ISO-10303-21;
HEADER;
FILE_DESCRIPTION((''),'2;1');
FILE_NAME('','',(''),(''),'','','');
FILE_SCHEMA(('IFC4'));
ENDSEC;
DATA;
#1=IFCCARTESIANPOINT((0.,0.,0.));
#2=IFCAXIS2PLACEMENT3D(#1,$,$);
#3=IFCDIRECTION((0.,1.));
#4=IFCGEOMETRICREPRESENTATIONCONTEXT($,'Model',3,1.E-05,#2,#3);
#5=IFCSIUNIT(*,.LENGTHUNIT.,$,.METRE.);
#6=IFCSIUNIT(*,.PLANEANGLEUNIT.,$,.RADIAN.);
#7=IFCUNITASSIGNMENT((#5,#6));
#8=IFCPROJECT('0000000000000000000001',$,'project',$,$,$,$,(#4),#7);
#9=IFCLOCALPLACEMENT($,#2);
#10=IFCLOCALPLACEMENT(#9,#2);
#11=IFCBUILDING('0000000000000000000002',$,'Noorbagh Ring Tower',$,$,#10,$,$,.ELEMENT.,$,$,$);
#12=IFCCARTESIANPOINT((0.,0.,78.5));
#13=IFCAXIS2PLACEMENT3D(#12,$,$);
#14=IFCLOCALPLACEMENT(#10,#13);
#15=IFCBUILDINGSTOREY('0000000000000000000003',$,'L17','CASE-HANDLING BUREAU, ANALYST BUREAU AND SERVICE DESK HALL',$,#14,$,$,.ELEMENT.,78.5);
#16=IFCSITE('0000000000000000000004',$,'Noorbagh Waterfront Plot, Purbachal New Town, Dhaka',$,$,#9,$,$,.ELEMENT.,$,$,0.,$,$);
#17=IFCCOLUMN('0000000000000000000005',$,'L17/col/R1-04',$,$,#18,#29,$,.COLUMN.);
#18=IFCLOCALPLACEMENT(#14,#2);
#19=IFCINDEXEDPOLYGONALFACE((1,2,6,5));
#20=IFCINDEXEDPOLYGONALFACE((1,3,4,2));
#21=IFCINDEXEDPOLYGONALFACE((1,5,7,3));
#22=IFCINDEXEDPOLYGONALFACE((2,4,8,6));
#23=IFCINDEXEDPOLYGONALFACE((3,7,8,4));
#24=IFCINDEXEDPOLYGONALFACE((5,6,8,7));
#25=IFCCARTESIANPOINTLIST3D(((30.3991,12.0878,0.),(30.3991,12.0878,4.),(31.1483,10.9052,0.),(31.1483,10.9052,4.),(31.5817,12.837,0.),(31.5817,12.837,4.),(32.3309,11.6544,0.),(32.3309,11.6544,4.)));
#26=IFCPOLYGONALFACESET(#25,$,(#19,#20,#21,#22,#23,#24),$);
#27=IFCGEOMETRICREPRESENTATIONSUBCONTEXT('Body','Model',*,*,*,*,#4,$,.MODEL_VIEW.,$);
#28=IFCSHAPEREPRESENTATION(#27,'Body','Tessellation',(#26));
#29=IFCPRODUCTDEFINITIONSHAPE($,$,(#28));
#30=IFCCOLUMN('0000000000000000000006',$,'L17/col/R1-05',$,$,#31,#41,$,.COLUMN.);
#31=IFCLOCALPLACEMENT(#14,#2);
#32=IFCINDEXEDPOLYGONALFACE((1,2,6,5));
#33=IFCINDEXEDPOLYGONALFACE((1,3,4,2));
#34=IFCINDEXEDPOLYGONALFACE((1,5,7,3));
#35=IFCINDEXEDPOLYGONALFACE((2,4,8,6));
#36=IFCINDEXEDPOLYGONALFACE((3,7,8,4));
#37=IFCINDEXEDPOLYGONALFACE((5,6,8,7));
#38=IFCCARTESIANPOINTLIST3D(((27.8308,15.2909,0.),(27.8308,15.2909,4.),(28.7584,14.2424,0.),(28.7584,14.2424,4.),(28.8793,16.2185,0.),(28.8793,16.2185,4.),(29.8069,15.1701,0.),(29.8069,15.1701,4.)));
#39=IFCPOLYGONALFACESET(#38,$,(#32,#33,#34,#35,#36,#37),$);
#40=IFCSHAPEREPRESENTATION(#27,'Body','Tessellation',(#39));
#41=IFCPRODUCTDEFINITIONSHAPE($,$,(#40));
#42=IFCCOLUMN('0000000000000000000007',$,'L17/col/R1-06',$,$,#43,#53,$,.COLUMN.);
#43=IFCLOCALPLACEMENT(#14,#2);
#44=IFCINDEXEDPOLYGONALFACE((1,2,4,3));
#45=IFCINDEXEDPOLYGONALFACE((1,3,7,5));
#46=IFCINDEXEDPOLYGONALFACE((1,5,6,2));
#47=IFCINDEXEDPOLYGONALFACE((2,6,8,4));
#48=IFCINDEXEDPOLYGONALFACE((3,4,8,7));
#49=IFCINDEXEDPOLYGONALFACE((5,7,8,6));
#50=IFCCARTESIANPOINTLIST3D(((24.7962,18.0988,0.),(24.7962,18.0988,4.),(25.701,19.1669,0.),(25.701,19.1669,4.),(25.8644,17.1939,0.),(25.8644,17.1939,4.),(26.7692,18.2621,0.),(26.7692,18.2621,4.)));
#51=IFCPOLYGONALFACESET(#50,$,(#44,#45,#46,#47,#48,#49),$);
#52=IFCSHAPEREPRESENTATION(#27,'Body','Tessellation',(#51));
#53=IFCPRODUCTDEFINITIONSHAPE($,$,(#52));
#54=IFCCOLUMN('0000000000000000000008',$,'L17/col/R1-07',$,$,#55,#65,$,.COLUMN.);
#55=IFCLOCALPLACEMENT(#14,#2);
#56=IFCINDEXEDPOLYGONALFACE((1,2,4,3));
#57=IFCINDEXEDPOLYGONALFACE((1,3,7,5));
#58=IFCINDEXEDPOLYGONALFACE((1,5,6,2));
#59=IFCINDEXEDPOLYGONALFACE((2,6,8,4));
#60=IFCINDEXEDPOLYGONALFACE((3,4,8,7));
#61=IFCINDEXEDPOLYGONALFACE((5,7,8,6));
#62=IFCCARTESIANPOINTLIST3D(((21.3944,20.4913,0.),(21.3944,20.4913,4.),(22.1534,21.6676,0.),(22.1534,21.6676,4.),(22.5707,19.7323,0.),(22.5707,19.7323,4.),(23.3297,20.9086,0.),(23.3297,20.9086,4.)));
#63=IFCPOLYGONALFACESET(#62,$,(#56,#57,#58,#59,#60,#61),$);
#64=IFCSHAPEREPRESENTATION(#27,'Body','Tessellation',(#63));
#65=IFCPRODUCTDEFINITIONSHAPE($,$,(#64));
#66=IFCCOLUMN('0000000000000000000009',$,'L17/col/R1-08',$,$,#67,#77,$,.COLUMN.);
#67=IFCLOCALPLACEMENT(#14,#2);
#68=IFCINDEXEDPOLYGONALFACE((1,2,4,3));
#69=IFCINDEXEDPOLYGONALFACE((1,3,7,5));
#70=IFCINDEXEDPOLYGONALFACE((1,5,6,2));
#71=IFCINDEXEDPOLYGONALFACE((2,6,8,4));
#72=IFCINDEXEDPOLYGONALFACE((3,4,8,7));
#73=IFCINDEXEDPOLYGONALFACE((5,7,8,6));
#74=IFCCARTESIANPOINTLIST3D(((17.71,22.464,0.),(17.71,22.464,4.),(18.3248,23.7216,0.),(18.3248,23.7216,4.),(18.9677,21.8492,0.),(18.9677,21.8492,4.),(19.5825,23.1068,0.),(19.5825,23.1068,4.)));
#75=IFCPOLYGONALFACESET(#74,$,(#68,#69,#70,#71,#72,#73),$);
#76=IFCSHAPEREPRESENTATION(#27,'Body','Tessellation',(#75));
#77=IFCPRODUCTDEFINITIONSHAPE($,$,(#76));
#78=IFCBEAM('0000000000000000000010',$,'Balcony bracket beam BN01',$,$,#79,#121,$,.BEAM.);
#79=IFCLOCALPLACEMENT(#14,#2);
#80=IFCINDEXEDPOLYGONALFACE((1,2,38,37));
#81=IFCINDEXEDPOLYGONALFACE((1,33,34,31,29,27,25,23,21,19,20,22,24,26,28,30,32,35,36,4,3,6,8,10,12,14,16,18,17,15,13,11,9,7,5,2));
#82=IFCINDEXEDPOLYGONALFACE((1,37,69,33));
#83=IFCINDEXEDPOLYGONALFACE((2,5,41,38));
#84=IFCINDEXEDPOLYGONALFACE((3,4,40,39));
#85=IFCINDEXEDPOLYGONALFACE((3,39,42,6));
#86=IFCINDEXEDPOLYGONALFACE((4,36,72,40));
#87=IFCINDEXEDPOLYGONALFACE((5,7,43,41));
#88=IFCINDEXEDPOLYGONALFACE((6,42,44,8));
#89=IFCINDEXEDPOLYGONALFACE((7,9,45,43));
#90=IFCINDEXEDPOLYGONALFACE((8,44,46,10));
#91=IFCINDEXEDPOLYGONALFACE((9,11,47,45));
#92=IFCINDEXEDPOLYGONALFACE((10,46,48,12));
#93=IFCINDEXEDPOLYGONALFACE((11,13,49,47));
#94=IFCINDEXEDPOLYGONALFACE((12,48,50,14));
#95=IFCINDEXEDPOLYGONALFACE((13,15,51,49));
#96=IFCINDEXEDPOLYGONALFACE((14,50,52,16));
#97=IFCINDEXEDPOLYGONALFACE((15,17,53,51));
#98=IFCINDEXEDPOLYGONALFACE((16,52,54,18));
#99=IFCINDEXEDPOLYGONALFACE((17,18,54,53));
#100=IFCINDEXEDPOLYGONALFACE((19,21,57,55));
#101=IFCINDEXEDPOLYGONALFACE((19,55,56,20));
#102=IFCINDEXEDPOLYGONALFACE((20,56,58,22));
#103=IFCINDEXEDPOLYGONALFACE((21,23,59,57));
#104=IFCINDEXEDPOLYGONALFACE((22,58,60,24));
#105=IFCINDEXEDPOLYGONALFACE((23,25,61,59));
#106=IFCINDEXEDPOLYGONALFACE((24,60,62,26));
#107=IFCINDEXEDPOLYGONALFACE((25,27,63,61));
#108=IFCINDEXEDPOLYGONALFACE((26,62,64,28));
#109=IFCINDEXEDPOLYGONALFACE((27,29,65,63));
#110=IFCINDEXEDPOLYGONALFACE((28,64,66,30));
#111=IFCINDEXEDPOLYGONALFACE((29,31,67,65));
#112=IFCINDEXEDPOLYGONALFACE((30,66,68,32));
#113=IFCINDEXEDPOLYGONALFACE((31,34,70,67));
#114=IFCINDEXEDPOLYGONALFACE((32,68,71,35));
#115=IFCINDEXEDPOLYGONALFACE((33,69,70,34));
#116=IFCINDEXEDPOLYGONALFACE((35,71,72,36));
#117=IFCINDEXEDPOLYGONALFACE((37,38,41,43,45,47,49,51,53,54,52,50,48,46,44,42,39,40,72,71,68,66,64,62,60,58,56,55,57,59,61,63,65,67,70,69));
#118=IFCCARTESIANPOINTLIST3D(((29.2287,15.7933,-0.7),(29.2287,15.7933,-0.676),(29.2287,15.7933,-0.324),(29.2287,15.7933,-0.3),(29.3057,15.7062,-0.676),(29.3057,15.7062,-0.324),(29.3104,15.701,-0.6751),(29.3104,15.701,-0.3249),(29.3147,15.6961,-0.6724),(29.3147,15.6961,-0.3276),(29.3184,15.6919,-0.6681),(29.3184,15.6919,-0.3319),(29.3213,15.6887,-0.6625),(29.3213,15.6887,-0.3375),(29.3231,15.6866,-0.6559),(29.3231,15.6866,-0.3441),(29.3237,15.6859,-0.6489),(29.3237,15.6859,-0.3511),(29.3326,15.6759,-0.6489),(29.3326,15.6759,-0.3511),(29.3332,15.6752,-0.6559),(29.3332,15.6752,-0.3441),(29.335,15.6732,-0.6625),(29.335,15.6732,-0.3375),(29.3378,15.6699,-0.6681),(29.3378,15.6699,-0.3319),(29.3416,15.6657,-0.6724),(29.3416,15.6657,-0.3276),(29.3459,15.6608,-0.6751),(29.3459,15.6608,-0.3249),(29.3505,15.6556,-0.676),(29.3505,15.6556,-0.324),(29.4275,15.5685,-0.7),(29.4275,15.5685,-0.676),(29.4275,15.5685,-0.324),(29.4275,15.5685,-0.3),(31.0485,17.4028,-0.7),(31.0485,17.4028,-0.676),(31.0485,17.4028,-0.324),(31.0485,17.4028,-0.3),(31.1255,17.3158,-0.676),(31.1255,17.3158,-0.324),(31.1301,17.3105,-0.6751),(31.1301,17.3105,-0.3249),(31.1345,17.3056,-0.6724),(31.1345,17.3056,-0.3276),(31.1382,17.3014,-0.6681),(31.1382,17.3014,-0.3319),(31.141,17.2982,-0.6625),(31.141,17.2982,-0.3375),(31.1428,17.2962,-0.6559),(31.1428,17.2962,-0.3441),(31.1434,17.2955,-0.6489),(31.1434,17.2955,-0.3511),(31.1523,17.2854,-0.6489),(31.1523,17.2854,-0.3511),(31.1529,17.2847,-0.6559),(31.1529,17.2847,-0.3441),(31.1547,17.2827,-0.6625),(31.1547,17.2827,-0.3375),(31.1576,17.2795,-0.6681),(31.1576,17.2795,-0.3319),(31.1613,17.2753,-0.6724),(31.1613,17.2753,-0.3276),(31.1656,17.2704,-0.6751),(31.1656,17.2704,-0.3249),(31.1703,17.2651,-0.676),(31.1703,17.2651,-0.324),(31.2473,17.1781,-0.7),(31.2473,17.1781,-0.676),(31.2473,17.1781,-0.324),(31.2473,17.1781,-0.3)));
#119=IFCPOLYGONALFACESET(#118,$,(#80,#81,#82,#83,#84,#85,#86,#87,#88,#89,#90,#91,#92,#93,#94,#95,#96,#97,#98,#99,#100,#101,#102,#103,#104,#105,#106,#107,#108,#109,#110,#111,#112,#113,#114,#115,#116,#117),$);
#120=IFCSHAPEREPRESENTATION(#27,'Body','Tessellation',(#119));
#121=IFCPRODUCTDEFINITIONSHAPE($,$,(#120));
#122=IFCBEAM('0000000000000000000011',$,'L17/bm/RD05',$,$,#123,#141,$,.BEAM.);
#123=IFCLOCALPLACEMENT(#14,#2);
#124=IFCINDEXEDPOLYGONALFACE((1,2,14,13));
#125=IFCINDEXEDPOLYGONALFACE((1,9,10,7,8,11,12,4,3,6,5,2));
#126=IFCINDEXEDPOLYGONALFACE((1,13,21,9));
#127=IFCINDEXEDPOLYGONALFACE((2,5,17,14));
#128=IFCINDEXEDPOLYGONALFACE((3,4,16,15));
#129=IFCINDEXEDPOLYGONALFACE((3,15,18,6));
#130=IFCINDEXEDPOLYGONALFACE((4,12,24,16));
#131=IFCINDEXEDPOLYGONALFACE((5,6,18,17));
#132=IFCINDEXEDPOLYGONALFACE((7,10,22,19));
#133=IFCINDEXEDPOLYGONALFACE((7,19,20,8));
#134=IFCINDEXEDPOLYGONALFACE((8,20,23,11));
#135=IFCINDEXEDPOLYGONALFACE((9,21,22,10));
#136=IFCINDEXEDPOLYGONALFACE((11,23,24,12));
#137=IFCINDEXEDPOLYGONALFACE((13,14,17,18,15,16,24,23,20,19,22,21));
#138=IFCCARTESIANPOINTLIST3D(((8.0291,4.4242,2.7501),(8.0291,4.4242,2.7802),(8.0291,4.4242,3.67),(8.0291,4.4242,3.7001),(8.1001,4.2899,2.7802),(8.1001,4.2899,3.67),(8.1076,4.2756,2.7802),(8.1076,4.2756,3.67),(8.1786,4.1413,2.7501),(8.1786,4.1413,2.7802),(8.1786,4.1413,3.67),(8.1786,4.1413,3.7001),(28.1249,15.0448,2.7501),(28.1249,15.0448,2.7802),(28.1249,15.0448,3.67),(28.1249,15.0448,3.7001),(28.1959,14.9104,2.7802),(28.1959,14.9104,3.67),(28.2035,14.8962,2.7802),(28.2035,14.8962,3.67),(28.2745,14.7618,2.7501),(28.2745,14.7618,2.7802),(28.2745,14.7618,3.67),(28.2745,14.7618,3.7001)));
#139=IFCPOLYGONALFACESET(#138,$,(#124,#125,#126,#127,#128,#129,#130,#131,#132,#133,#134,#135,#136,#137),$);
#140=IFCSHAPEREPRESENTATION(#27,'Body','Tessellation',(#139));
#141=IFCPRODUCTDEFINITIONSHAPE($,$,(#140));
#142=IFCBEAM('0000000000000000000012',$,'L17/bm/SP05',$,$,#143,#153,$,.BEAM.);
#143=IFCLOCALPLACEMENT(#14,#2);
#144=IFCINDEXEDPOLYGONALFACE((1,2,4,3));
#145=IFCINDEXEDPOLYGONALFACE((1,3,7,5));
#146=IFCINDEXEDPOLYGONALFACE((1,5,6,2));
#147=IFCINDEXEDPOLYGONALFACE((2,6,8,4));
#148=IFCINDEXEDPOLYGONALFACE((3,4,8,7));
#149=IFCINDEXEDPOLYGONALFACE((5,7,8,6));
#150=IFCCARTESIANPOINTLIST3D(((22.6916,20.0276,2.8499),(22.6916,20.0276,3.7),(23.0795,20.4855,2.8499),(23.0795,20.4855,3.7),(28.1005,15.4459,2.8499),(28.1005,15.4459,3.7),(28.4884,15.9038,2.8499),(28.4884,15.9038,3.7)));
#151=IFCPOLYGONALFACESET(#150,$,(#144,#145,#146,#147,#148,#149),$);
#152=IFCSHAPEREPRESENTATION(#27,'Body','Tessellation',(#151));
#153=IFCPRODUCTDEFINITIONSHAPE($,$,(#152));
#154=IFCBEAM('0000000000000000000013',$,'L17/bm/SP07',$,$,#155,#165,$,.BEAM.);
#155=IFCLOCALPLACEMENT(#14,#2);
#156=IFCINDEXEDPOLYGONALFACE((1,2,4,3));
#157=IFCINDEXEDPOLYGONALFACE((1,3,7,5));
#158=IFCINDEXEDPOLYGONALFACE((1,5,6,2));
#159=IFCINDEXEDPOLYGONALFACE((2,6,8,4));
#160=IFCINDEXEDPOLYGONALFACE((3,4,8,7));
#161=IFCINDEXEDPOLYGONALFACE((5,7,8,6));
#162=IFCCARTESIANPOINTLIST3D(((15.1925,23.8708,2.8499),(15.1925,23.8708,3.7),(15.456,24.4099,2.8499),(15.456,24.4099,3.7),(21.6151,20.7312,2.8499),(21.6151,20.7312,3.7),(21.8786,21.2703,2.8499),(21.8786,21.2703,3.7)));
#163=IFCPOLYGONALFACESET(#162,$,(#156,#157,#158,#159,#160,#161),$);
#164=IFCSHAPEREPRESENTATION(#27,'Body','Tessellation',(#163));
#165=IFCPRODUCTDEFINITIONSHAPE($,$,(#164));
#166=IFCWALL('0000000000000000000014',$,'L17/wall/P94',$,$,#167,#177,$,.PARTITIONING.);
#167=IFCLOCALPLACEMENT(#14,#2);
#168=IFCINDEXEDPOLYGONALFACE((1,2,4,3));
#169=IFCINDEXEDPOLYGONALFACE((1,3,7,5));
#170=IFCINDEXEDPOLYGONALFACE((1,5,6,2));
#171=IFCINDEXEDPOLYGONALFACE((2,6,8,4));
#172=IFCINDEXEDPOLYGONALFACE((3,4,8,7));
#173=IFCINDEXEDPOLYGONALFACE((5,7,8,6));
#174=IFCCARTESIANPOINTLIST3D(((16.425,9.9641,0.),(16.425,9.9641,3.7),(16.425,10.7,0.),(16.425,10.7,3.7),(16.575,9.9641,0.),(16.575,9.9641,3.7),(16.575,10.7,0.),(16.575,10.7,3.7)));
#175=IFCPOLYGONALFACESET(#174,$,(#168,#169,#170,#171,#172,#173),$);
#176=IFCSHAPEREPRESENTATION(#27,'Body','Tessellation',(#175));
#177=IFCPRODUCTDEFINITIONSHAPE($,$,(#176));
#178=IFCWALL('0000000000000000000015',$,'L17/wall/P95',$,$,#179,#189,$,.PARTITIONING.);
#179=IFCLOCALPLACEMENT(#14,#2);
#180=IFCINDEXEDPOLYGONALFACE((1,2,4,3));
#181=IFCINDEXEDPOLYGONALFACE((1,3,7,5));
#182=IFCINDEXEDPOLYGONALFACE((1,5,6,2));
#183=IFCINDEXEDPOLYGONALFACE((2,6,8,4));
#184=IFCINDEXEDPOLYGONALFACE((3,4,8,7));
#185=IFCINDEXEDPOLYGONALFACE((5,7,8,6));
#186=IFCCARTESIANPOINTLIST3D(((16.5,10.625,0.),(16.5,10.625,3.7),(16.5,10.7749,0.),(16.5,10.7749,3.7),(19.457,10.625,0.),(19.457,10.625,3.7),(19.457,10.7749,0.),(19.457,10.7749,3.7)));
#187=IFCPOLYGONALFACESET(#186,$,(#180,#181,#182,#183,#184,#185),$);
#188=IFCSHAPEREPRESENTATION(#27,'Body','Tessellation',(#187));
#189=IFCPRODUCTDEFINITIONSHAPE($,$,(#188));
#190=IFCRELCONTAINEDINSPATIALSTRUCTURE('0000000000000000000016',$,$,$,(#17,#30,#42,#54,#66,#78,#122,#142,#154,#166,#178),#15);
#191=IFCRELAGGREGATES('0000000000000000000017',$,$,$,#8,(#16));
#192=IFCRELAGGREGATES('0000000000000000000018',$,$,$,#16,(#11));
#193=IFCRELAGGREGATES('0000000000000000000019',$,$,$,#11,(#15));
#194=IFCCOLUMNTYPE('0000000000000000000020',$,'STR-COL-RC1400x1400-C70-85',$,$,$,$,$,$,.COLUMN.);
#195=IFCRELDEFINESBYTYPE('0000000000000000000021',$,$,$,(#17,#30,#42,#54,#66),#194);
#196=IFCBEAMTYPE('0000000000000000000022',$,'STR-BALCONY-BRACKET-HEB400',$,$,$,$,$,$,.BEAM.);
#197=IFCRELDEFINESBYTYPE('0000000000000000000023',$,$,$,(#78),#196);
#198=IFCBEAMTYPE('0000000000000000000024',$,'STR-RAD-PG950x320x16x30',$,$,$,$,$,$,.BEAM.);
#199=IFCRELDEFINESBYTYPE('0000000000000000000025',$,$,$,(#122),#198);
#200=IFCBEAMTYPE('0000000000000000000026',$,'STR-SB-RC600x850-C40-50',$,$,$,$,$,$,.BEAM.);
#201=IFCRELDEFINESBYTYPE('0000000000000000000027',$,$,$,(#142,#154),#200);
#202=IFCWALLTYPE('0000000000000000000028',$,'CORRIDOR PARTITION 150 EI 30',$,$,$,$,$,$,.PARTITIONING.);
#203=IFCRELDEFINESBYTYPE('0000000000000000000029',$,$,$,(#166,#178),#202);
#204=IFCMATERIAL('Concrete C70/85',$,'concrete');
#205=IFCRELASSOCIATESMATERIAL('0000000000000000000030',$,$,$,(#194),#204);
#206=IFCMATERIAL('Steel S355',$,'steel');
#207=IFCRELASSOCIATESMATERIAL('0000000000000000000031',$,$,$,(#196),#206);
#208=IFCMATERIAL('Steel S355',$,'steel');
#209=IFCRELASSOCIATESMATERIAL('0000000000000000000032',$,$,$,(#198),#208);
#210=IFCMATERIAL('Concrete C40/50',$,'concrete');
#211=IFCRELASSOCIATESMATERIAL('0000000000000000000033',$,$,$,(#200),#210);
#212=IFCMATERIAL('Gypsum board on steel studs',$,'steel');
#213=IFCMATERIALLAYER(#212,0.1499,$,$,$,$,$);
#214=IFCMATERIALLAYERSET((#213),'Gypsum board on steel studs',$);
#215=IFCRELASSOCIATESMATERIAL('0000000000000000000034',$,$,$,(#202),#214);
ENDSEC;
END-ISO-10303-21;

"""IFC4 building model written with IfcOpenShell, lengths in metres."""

from ifc_helpers import new_model, si_unit, direction, frame, frame_2d, origin, origin_2d, place, context, subcontext, project, spatial, rectangle, i_section, extrude, material, layer, layer_set, material_profile, profile_set, type_object, element, save


model = new_model("IFC4")

# Units and contexts
model_context = context("Model", 3, precision=1e-05, world=origin(), true_north=direction((0.0, 1.0)))
body_context = subcontext(model_context, "Body", "Model", "MODEL_VIEW")
ifc_project = project(units=[si_unit("LENGTHUNIT", "METRE"), si_unit("PLANEANGLEUNIT", "RADIAN")], contexts=[model_context])

# Site, building, storey
site_placement = place(None, origin())
site = spatial("IfcSite", under=ifc_project, at=site_placement, Name="Noorbagh Waterfront Plot, Purbachal New Town, Dhaka", CompositionType="ELEMENT", RefElevation=0.0)
building_placement = place(site_placement, origin())
building = spatial("IfcBuilding", under=site, at=building_placement, Name="Noorbagh Ring Tower", CompositionType="ELEMENT")
storey_placement = place(building_placement, frame((0.0, 0.0, 78.5)))
storey = spatial("IfcBuildingStorey", under=building, at=storey_placement, Name="L17", Description="CASE-HANDLING BUREAU, ANALYST BUREAU AND SERVICE DESK HALL", CompositionType="ELEMENT", Elevation=78.5)

# Columns
ifc_material_1 = material(Name="Concrete C70/85", Category="concrete")
ifc_material_profile_1 = material_profile(ifc_material_1, rectangle(XDim=1.3999, YDim=1.3999, at=origin_2d()), Name="RC1400x1400")
ifc_profile_set_1 = profile_set([ifc_material_profile_1], Name="Concrete C70/85")
column_type = type_object("IfcColumnType", Name="STR-COL-RC1400x1400-C70-85", PredefinedType="COLUMN", material=ifc_profile_set_1)
for number, where, z_axis, x_axis, name in (
    (1, (31.365, 11.8711, 0.0), (0.0, 0.0, 1.0), (-0.53519, 0.844731, 0.0), "L17/col/R1-04"),
    (2, (28.8188, 15.2305, 0.0), (0.0, 0.0, 1.0), (-0.662636, 0.748942, 0.0), "L17/col/R1-05"),
    (3, (25.7827, 18.1804, 0.0), (0.0, 0.0, 1.0), (-0.763035, 0.646357, 0.0), "L17/col/R1-06"),
    (4, (22.3621, 20.7, 0.0), (0.0, 0.0, 1.0), (-0.840248, 0.542203, 0.0), "L17/col/R1-07"),
    (5, (18.6462, 22.7854, 0.0), (0.0, 0.0, 1.0), (-0.898399, 0.43918, 0.0), "L17/col/R1-08"),
):
    element("IfcColumn", number, at=place(storey_placement, frame(where, z_axis=z_axis, x_axis=x_axis)), inside=storey, type_object=column_type, Name=name, PredefinedType="COLUMN", context=body_context, shape_type="SweptSolid", body=[
        extrude(rectangle(XDim=1.3999, YDim=1.3999, at=origin_2d()), origin(), (0.0, 0.0, 1.0), 4.0),
    ])

# Beams
ifc_material_2 = material(Name="Steel S355", Category="steel")
ifc_material_profile_2 = material_profile(ifc_material_2, i_section(OverallWidth=0.3, OverallDepth=0.3999, WebThickness=0.0134, FlangeThickness=0.0239, FilletRadius=0.0271, at=origin_2d()), Name="HEB400")
ifc_profile_set_2 = profile_set([ifc_material_profile_2], Name="Steel S355")
beam_type_1 = type_object("IfcBeamType", Name="STR-BALCONY-BRACKET-HEB400", PredefinedType="BEAM", material=ifc_profile_set_2)
beam_1_placement = place(storey_placement, frame((29.3281, 15.6809, -0.5), z_axis=(0.749043, 0.662522, 0.0), x_axis=(-0.662522, 0.749043, 0.0)))
element("IfcBeam", 6, at=beam_1_placement, inside=storey, type_object=beam_type_1, Name="Balcony bracket beam BN01", PredefinedType="BEAM", context=body_context, shape_type="SweptSolid", body=[
    extrude(i_section(OverallWidth=0.3, OverallDepth=0.3999, WebThickness=0.0134, FlangeThickness=0.0239, FilletRadius=0.0271, at=origin_2d()), origin(), (0.0, 0.0, 1.0), 2.4294),
])
ifc_material_3 = material(Name="Steel S355", Category="steel")
ifc_material_profile_3 = material_profile(ifc_material_3, i_section(OverallWidth=0.3201, OverallDepth=0.95, WebThickness=0.0161, FlangeThickness=0.03, at=origin_2d()), Name="PG950x320x16x30")
ifc_profile_set_3 = profile_set([ifc_material_profile_3], Name="Steel S355")
beam_type_2 = type_object("IfcBeamType", Name="STR-RAD-PG950x320x16x30", PredefinedType="BEAM", material=ifc_profile_set_3)
beam_2_placement = place(storey_placement, frame((28.1997, 14.9033, 3.2251), z_axis=(-0.884123, -0.467254, 0.0), x_axis=(0.467254, -0.884123, 0.0)))
element("IfcBeam", 7, at=beam_2_placement, inside=storey, type_object=beam_type_2, Name="L17/bm/RD05", PredefinedType="BEAM", context=body_context, shape_type="SweptSolid", body=[
    extrude(i_section(OverallWidth=0.3201, OverallDepth=0.95, WebThickness=0.0161, FlangeThickness=0.03, at=origin_2d()), origin(), (0.0, 0.0, 1.0), 22.7297),
])
ifc_material_4 = material(Name="Concrete C40/50", Category="concrete")
ifc_material_profile_4 = material_profile(ifc_material_4, rectangle(XDim=0.6001, YDim=0.8501, at=origin_2d()), Name="RC600x850")
ifc_profile_set_4 = profile_set([ifc_material_profile_4], Name="Concrete C40/50")
beam_type_3 = type_object("IfcBeamType", Name="STR-SB-RC600x850-C40-50", PredefinedType="BEAM", material=ifc_profile_set_4)
beam_3_placement = place(storey_placement, frame((28.2944, 15.6748, 3.2749), z_axis=(-0.763039, 0.646353, 0.0), x_axis=(-0.646353, -0.763039, 0.0)))
element("IfcBeam", 8, at=beam_3_placement, inside=storey, type_object=beam_type_3, Name="L17/bm/SP05", PredefinedType="BEAM", context=body_context, shape_type="SweptSolid", body=[
    extrude(rectangle(XDim=0.6001, YDim=0.8501, at=origin_2d()), origin(), (0.0, 0.0, 1.0), 7.0886),
])
beam_4_placement = place(storey_placement, frame((21.7468, 21.0007, 3.2749), z_axis=(-0.898401, 0.439177, 0.0), x_axis=(-0.439177, -0.898401, 0.0)))
element("IfcBeam", 9, at=beam_4_placement, inside=storey, type_object=beam_type_3, Name="L17/bm/SP07", PredefinedType="BEAM", context=body_context, shape_type="SweptSolid", body=[
    extrude(rectangle(XDim=0.6001, YDim=0.8501, at=origin_2d()), origin(), (0.0, 0.0, 1.0), 7.1489),
])

# Walls
ifc_material_5 = material(Name="Gypsum board on steel studs", Category="steel")
ifc_layer_1 = layer(ifc_material_5, 0.1499)
ifc_layer_set_1 = layer_set([ifc_layer_1], Name="Gypsum board on steel studs")
wall_type_1 = type_object("IfcWallType", Name="CORRIDOR PARTITION 150 EI 30", PredefinedType="PARTITIONING", material=ifc_layer_set_1)
wall_1_placement = place(storey_placement, frame((16.5, 9.9641, 0.0), z_axis=(0.0, 0.0, 1.0), x_axis=(0.0, 1.0, 0.0)))
element("IfcWall", 10, at=wall_1_placement, inside=storey, type_object=wall_type_1, Name="L17/wall/P94", PredefinedType="PARTITIONING", context=body_context, shape_type="SweptSolid", body=[
    extrude(rectangle(XDim=0.7358, YDim=0.1499, at=frame_2d((0.3679, 0.0))), origin(), (0.0, 0.0, 1.0), 3.7),
])
wall_2_placement = place(storey_placement, frame((16.5, 10.7, 0.0), z_axis=(0.0, 0.0, 1.0), x_axis=(1.0, 0.0, 0.0)))
element("IfcWall", 11, at=wall_2_placement, inside=storey, type_object=wall_type_1, Name="L17/wall/P95", PredefinedType="PARTITIONING", context=body_context, shape_type="SweptSolid", body=[
    extrude(rectangle(XDim=2.957, YDim=0.1499, at=frame_2d((1.4785, 0.0))), origin(), (0.0, 0.0, 1.0), 3.7),
])

save(model, "model.ifc")
